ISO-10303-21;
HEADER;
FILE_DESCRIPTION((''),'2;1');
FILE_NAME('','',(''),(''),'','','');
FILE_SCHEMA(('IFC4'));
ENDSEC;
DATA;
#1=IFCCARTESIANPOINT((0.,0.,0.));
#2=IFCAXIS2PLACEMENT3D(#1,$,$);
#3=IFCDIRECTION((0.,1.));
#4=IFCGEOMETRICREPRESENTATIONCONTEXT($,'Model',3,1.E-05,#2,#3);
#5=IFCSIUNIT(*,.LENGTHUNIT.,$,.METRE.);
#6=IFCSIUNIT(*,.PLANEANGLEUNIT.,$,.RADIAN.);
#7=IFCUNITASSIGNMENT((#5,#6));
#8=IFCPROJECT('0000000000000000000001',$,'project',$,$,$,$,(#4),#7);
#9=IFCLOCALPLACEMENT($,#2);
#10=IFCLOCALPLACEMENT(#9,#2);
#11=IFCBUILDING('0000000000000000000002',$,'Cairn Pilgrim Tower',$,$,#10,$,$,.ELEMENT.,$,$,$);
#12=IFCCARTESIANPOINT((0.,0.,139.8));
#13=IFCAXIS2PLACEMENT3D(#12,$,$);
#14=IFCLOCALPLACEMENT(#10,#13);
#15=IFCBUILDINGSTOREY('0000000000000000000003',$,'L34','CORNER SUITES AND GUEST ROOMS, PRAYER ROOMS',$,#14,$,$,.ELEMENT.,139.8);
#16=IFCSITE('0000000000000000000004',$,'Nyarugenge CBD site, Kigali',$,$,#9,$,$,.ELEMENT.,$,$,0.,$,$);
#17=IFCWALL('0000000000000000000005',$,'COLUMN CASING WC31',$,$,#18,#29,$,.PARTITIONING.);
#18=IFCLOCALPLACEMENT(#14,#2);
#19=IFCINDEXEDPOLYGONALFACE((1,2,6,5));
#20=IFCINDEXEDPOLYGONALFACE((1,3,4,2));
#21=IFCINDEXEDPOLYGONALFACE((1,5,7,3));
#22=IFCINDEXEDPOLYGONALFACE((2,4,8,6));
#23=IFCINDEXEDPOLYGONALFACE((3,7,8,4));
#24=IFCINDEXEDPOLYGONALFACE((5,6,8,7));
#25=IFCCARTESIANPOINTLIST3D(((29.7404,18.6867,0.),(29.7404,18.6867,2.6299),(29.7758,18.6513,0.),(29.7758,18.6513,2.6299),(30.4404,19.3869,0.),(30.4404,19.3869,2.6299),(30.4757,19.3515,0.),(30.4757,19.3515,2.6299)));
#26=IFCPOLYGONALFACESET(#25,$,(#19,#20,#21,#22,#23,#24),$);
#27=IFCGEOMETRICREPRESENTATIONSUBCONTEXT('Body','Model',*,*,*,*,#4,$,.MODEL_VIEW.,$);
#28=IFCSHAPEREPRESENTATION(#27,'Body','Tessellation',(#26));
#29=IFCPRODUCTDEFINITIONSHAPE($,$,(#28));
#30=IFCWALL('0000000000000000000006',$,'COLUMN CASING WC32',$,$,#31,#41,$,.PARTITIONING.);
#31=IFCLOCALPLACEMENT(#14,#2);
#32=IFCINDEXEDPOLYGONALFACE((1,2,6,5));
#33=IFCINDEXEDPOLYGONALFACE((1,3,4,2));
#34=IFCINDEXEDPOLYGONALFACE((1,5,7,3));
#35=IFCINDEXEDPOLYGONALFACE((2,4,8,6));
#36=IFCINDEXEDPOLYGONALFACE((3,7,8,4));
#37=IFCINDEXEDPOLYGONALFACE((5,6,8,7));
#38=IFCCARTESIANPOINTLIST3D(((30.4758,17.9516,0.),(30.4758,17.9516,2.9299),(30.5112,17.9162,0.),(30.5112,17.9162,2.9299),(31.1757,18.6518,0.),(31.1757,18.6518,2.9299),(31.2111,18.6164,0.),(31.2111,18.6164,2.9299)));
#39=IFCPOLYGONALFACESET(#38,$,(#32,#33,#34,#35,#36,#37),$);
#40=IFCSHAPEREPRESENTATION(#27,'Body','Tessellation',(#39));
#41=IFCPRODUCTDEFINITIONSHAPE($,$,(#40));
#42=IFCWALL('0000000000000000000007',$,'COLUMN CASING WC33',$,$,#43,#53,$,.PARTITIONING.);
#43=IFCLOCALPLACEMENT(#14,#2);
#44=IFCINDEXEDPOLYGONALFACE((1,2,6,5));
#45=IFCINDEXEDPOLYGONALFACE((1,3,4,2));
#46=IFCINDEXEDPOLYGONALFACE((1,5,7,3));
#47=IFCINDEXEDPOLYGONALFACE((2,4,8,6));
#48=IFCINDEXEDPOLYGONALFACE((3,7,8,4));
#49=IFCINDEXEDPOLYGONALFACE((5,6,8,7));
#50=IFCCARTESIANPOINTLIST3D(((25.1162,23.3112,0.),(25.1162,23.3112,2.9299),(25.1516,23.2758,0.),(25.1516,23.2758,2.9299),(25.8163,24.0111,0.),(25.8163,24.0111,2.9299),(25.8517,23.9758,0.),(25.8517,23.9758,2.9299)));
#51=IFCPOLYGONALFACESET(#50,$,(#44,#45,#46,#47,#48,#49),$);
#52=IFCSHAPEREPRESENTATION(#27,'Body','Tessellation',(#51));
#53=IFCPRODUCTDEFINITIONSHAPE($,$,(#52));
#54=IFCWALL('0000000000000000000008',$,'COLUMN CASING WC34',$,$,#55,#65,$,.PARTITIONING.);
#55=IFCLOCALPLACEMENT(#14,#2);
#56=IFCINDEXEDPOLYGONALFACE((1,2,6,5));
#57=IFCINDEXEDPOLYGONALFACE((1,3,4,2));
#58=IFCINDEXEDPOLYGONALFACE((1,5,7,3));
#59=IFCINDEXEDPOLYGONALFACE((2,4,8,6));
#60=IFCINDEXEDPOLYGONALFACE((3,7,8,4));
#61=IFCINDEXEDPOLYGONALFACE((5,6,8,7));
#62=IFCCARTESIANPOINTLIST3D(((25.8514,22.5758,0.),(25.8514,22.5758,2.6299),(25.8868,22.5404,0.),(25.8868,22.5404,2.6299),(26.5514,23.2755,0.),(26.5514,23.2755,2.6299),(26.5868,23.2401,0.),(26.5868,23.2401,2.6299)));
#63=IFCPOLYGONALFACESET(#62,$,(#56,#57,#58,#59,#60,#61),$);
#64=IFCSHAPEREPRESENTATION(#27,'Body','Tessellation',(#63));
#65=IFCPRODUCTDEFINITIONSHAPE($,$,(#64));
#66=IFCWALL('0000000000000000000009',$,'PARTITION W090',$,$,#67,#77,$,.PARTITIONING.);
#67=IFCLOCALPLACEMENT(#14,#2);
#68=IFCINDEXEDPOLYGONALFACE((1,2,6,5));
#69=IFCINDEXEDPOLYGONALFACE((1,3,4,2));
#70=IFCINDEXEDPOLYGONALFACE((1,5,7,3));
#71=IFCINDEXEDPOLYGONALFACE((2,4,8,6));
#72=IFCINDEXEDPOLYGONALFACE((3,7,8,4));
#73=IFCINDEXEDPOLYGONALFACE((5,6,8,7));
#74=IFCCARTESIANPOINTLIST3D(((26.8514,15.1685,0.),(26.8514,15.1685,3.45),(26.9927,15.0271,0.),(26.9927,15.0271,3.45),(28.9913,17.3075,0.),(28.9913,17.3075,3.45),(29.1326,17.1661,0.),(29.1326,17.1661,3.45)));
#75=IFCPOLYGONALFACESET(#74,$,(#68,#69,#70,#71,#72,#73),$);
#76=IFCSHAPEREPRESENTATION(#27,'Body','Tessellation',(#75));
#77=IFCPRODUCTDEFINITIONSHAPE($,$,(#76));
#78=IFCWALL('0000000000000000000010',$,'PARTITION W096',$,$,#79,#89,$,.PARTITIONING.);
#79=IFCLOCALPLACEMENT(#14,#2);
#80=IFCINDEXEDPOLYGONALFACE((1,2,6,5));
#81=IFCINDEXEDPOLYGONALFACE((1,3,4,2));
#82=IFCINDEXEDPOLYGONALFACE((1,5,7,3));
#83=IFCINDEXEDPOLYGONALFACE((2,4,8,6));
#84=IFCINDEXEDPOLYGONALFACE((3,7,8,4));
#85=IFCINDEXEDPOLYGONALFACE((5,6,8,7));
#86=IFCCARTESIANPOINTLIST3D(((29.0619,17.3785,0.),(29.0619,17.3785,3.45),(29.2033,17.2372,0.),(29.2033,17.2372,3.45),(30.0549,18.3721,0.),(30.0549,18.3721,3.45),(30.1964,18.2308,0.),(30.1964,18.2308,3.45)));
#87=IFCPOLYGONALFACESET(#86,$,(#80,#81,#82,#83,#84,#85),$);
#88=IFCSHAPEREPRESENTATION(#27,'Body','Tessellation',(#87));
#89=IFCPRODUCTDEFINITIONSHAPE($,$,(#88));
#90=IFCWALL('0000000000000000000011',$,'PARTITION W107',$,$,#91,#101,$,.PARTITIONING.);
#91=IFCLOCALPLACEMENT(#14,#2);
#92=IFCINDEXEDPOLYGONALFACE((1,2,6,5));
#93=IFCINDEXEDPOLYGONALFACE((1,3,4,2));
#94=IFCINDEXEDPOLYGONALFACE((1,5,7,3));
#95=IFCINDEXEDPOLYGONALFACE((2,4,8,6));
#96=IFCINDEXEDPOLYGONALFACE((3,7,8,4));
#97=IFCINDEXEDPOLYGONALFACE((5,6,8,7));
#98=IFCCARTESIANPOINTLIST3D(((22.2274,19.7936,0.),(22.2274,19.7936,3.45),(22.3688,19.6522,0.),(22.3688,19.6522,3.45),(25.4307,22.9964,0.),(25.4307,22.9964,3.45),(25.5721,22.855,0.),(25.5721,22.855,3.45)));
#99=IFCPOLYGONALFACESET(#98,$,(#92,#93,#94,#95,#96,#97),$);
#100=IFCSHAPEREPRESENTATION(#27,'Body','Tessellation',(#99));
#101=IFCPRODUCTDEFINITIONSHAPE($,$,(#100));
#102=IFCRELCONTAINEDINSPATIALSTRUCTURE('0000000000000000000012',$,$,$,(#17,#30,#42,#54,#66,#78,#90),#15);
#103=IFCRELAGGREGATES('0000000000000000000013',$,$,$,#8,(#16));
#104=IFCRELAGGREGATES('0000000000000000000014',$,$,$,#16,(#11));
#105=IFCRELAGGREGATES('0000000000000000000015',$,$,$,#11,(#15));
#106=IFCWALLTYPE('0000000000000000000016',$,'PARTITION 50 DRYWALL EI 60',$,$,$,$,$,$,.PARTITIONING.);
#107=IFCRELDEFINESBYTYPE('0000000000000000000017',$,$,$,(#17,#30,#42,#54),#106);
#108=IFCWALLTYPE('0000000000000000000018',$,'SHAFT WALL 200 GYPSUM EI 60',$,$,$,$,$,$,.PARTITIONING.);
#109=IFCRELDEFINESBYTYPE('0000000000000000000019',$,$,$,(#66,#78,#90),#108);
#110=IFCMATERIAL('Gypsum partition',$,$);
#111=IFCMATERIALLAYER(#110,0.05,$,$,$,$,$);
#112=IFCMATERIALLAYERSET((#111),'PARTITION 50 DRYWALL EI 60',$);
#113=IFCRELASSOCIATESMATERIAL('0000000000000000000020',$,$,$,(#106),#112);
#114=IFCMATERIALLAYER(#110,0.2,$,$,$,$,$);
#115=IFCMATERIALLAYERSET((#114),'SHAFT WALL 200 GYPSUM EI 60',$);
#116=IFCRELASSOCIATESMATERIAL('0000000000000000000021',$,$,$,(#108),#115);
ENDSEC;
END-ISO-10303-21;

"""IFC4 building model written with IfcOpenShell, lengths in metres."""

from ifc_helpers import new_model, si_unit, direction, frame, frame_2d, origin, place, context, subcontext, project, spatial, rectangle, extrude, material, layer, layer_set, type_object, element, save


model = new_model("IFC4")

# Units and contexts
model_context = context("Model", 3, precision=1e-05, world=origin(), true_north=direction((0.0, 1.0)))
body_context = subcontext(model_context, "Body", "Model", "MODEL_VIEW")
ifc_project = project(units=[si_unit("LENGTHUNIT", "METRE"), si_unit("PLANEANGLEUNIT", "RADIAN")], contexts=[model_context])

# Site, building, storey
site_placement = place(None, origin())
site = spatial("IfcSite", under=ifc_project, at=site_placement, Name="Nyarugenge CBD site, Kigali", CompositionType="ELEMENT", RefElevation=0.0)
building_placement = place(site_placement, origin())
building = spatial("IfcBuilding", under=site, at=building_placement, Name="Cairn Pilgrim Tower", CompositionType="ELEMENT")
storey_placement = place(building_placement, frame((0.0, 0.0, 139.8)))
storey = spatial("IfcBuildingStorey", under=building, at=storey_placement, Name="L34", Description="CORNER SUITES AND GUEST ROOMS, PRAYER ROOMS", CompositionType="ELEMENT", Elevation=139.8)

# Walls
ifc_material_1 = material(Name="Gypsum partition")
ifc_layer_1 = layer(ifc_material_1, 0.05)
ifc_layer_set_1 = layer_set([ifc_layer_1], Name="PARTITION 50 DRYWALL EI 60")
wall_type_1 = type_object("IfcWallType", Name="PARTITION 50 DRYWALL EI 60", PredefinedType="PARTITIONING", material=ifc_layer_set_1)
wall_1_placement = place(storey_placement, frame((29.7581, 18.6689, 0.0), z_axis=(0.0, 0.0, 1.0), x_axis=(0.706983, 0.70723, 0.0)))
element("IfcWall", 1, at=wall_1_placement, inside=storey, type_object=wall_type_1, Name="COLUMN CASING WC31", PredefinedType="PARTITIONING", context=body_context, shape_type="SweptSolid", body=[
    extrude(rectangle(XDim=0.99, YDim=0.05, at=frame_2d((0.4951, 0.0))), origin(), (0.0, 0.0, 1.0), 2.6299),
])
for number, where, z_axis, x_axis, name in (
    (2, (30.4934, 17.9338, 0.0), (0.0, 0.0, 1.0), (0.706983, 0.70723, 0.0), "COLUMN CASING WC32"),
    (3, (25.1338, 23.2935, 0.0), (0.0, 0.0, 1.0), (0.70723, 0.706983, 0.0), "COLUMN CASING WC33"),
):
    element("IfcWall", number, at=place(storey_placement, frame(where, z_axis=z_axis, x_axis=x_axis)), inside=storey, type_object=wall_type_1, Name=name, PredefinedType="PARTITIONING", context=body_context, shape_type="SweptSolid", body=[
        extrude(rectangle(XDim=0.99, YDim=0.05, at=frame_2d((0.4951, 0.0))), origin(), (0.0, 0.0, 1.0), 2.9299),
    ])
wall_2_placement = place(storey_placement, frame((25.8691, 22.5581, 0.0), z_axis=(0.0, 0.0, 1.0), x_axis=(0.70723, 0.706983, 0.0)))
element("IfcWall", 4, at=wall_2_placement, inside=storey, type_object=wall_type_1, Name="COLUMN CASING WC34", PredefinedType="PARTITIONING", context=body_context, shape_type="SweptSolid", body=[
    extrude(rectangle(XDim=0.9897, YDim=0.05, at=frame_2d((0.4949, 0.0))), origin(), (0.0, 0.0, 1.0), 2.6299),
])
ifc_layer_2 = layer(ifc_material_1, 0.2)
ifc_layer_set_2 = layer_set([ifc_layer_2], Name="SHAFT WALL 200 GYPSUM EI 60")
wall_type_2 = type_object("IfcWallType", Name="SHAFT WALL 200 GYPSUM EI 60", PredefinedType="PARTITIONING", material=ifc_layer_set_2)
wall_3_placement = place(storey_placement, frame((26.9221, 15.0979, 0.0), z_axis=(0.0, 0.0, 1.0), x_axis=(0.707268, 0.706945, 0.0)))
element("IfcWall", 5, at=wall_3_placement, inside=storey, type_object=wall_type_2, Name="PARTITION W090", PredefinedType="PARTITIONING", context=body_context, shape_type="SweptSolid", body=[
    extrude(rectangle(XDim=3.0256, YDim=0.2, at=frame_2d((1.5127, 0.0))), origin(), (0.0, 0.0, 1.0), 3.45),
])
wall_4_placement = place(storey_placement, frame((29.1326, 17.3079, 0.0), z_axis=(0.0, 0.0, 1.0), x_axis=(0.706933, 0.707281, 0.0)))
element("IfcWall", 6, at=wall_4_placement, inside=storey, type_object=wall_type_2, Name="PARTITION W096", PredefinedType="PARTITIONING", context=body_context, shape_type="SweptSolid", body=[
    extrude(rectangle(XDim=1.4048, YDim=0.2, at=frame_2d((0.7024, 0.0))), origin(), (0.0, 0.0, 1.0), 3.45),
])
wall_5_placement = place(storey_placement, frame((22.2981, 19.7229, 0.0), z_axis=(0.0, 0.0, 1.0), x_axis=(0.707161, 0.707053, 0.0)))
element("IfcWall", 7, at=wall_5_placement, inside=storey, type_object=wall_type_2, Name="PARTITION W107", PredefinedType="PARTITIONING", context=body_context, shape_type="SweptSolid", body=[
    extrude(rectangle(XDim=4.5298, YDim=0.2, at=frame_2d((2.2649, 0.0))), origin(), (0.0, 0.0, 1.0), 3.45),
])

save(model, "model.ifc")
